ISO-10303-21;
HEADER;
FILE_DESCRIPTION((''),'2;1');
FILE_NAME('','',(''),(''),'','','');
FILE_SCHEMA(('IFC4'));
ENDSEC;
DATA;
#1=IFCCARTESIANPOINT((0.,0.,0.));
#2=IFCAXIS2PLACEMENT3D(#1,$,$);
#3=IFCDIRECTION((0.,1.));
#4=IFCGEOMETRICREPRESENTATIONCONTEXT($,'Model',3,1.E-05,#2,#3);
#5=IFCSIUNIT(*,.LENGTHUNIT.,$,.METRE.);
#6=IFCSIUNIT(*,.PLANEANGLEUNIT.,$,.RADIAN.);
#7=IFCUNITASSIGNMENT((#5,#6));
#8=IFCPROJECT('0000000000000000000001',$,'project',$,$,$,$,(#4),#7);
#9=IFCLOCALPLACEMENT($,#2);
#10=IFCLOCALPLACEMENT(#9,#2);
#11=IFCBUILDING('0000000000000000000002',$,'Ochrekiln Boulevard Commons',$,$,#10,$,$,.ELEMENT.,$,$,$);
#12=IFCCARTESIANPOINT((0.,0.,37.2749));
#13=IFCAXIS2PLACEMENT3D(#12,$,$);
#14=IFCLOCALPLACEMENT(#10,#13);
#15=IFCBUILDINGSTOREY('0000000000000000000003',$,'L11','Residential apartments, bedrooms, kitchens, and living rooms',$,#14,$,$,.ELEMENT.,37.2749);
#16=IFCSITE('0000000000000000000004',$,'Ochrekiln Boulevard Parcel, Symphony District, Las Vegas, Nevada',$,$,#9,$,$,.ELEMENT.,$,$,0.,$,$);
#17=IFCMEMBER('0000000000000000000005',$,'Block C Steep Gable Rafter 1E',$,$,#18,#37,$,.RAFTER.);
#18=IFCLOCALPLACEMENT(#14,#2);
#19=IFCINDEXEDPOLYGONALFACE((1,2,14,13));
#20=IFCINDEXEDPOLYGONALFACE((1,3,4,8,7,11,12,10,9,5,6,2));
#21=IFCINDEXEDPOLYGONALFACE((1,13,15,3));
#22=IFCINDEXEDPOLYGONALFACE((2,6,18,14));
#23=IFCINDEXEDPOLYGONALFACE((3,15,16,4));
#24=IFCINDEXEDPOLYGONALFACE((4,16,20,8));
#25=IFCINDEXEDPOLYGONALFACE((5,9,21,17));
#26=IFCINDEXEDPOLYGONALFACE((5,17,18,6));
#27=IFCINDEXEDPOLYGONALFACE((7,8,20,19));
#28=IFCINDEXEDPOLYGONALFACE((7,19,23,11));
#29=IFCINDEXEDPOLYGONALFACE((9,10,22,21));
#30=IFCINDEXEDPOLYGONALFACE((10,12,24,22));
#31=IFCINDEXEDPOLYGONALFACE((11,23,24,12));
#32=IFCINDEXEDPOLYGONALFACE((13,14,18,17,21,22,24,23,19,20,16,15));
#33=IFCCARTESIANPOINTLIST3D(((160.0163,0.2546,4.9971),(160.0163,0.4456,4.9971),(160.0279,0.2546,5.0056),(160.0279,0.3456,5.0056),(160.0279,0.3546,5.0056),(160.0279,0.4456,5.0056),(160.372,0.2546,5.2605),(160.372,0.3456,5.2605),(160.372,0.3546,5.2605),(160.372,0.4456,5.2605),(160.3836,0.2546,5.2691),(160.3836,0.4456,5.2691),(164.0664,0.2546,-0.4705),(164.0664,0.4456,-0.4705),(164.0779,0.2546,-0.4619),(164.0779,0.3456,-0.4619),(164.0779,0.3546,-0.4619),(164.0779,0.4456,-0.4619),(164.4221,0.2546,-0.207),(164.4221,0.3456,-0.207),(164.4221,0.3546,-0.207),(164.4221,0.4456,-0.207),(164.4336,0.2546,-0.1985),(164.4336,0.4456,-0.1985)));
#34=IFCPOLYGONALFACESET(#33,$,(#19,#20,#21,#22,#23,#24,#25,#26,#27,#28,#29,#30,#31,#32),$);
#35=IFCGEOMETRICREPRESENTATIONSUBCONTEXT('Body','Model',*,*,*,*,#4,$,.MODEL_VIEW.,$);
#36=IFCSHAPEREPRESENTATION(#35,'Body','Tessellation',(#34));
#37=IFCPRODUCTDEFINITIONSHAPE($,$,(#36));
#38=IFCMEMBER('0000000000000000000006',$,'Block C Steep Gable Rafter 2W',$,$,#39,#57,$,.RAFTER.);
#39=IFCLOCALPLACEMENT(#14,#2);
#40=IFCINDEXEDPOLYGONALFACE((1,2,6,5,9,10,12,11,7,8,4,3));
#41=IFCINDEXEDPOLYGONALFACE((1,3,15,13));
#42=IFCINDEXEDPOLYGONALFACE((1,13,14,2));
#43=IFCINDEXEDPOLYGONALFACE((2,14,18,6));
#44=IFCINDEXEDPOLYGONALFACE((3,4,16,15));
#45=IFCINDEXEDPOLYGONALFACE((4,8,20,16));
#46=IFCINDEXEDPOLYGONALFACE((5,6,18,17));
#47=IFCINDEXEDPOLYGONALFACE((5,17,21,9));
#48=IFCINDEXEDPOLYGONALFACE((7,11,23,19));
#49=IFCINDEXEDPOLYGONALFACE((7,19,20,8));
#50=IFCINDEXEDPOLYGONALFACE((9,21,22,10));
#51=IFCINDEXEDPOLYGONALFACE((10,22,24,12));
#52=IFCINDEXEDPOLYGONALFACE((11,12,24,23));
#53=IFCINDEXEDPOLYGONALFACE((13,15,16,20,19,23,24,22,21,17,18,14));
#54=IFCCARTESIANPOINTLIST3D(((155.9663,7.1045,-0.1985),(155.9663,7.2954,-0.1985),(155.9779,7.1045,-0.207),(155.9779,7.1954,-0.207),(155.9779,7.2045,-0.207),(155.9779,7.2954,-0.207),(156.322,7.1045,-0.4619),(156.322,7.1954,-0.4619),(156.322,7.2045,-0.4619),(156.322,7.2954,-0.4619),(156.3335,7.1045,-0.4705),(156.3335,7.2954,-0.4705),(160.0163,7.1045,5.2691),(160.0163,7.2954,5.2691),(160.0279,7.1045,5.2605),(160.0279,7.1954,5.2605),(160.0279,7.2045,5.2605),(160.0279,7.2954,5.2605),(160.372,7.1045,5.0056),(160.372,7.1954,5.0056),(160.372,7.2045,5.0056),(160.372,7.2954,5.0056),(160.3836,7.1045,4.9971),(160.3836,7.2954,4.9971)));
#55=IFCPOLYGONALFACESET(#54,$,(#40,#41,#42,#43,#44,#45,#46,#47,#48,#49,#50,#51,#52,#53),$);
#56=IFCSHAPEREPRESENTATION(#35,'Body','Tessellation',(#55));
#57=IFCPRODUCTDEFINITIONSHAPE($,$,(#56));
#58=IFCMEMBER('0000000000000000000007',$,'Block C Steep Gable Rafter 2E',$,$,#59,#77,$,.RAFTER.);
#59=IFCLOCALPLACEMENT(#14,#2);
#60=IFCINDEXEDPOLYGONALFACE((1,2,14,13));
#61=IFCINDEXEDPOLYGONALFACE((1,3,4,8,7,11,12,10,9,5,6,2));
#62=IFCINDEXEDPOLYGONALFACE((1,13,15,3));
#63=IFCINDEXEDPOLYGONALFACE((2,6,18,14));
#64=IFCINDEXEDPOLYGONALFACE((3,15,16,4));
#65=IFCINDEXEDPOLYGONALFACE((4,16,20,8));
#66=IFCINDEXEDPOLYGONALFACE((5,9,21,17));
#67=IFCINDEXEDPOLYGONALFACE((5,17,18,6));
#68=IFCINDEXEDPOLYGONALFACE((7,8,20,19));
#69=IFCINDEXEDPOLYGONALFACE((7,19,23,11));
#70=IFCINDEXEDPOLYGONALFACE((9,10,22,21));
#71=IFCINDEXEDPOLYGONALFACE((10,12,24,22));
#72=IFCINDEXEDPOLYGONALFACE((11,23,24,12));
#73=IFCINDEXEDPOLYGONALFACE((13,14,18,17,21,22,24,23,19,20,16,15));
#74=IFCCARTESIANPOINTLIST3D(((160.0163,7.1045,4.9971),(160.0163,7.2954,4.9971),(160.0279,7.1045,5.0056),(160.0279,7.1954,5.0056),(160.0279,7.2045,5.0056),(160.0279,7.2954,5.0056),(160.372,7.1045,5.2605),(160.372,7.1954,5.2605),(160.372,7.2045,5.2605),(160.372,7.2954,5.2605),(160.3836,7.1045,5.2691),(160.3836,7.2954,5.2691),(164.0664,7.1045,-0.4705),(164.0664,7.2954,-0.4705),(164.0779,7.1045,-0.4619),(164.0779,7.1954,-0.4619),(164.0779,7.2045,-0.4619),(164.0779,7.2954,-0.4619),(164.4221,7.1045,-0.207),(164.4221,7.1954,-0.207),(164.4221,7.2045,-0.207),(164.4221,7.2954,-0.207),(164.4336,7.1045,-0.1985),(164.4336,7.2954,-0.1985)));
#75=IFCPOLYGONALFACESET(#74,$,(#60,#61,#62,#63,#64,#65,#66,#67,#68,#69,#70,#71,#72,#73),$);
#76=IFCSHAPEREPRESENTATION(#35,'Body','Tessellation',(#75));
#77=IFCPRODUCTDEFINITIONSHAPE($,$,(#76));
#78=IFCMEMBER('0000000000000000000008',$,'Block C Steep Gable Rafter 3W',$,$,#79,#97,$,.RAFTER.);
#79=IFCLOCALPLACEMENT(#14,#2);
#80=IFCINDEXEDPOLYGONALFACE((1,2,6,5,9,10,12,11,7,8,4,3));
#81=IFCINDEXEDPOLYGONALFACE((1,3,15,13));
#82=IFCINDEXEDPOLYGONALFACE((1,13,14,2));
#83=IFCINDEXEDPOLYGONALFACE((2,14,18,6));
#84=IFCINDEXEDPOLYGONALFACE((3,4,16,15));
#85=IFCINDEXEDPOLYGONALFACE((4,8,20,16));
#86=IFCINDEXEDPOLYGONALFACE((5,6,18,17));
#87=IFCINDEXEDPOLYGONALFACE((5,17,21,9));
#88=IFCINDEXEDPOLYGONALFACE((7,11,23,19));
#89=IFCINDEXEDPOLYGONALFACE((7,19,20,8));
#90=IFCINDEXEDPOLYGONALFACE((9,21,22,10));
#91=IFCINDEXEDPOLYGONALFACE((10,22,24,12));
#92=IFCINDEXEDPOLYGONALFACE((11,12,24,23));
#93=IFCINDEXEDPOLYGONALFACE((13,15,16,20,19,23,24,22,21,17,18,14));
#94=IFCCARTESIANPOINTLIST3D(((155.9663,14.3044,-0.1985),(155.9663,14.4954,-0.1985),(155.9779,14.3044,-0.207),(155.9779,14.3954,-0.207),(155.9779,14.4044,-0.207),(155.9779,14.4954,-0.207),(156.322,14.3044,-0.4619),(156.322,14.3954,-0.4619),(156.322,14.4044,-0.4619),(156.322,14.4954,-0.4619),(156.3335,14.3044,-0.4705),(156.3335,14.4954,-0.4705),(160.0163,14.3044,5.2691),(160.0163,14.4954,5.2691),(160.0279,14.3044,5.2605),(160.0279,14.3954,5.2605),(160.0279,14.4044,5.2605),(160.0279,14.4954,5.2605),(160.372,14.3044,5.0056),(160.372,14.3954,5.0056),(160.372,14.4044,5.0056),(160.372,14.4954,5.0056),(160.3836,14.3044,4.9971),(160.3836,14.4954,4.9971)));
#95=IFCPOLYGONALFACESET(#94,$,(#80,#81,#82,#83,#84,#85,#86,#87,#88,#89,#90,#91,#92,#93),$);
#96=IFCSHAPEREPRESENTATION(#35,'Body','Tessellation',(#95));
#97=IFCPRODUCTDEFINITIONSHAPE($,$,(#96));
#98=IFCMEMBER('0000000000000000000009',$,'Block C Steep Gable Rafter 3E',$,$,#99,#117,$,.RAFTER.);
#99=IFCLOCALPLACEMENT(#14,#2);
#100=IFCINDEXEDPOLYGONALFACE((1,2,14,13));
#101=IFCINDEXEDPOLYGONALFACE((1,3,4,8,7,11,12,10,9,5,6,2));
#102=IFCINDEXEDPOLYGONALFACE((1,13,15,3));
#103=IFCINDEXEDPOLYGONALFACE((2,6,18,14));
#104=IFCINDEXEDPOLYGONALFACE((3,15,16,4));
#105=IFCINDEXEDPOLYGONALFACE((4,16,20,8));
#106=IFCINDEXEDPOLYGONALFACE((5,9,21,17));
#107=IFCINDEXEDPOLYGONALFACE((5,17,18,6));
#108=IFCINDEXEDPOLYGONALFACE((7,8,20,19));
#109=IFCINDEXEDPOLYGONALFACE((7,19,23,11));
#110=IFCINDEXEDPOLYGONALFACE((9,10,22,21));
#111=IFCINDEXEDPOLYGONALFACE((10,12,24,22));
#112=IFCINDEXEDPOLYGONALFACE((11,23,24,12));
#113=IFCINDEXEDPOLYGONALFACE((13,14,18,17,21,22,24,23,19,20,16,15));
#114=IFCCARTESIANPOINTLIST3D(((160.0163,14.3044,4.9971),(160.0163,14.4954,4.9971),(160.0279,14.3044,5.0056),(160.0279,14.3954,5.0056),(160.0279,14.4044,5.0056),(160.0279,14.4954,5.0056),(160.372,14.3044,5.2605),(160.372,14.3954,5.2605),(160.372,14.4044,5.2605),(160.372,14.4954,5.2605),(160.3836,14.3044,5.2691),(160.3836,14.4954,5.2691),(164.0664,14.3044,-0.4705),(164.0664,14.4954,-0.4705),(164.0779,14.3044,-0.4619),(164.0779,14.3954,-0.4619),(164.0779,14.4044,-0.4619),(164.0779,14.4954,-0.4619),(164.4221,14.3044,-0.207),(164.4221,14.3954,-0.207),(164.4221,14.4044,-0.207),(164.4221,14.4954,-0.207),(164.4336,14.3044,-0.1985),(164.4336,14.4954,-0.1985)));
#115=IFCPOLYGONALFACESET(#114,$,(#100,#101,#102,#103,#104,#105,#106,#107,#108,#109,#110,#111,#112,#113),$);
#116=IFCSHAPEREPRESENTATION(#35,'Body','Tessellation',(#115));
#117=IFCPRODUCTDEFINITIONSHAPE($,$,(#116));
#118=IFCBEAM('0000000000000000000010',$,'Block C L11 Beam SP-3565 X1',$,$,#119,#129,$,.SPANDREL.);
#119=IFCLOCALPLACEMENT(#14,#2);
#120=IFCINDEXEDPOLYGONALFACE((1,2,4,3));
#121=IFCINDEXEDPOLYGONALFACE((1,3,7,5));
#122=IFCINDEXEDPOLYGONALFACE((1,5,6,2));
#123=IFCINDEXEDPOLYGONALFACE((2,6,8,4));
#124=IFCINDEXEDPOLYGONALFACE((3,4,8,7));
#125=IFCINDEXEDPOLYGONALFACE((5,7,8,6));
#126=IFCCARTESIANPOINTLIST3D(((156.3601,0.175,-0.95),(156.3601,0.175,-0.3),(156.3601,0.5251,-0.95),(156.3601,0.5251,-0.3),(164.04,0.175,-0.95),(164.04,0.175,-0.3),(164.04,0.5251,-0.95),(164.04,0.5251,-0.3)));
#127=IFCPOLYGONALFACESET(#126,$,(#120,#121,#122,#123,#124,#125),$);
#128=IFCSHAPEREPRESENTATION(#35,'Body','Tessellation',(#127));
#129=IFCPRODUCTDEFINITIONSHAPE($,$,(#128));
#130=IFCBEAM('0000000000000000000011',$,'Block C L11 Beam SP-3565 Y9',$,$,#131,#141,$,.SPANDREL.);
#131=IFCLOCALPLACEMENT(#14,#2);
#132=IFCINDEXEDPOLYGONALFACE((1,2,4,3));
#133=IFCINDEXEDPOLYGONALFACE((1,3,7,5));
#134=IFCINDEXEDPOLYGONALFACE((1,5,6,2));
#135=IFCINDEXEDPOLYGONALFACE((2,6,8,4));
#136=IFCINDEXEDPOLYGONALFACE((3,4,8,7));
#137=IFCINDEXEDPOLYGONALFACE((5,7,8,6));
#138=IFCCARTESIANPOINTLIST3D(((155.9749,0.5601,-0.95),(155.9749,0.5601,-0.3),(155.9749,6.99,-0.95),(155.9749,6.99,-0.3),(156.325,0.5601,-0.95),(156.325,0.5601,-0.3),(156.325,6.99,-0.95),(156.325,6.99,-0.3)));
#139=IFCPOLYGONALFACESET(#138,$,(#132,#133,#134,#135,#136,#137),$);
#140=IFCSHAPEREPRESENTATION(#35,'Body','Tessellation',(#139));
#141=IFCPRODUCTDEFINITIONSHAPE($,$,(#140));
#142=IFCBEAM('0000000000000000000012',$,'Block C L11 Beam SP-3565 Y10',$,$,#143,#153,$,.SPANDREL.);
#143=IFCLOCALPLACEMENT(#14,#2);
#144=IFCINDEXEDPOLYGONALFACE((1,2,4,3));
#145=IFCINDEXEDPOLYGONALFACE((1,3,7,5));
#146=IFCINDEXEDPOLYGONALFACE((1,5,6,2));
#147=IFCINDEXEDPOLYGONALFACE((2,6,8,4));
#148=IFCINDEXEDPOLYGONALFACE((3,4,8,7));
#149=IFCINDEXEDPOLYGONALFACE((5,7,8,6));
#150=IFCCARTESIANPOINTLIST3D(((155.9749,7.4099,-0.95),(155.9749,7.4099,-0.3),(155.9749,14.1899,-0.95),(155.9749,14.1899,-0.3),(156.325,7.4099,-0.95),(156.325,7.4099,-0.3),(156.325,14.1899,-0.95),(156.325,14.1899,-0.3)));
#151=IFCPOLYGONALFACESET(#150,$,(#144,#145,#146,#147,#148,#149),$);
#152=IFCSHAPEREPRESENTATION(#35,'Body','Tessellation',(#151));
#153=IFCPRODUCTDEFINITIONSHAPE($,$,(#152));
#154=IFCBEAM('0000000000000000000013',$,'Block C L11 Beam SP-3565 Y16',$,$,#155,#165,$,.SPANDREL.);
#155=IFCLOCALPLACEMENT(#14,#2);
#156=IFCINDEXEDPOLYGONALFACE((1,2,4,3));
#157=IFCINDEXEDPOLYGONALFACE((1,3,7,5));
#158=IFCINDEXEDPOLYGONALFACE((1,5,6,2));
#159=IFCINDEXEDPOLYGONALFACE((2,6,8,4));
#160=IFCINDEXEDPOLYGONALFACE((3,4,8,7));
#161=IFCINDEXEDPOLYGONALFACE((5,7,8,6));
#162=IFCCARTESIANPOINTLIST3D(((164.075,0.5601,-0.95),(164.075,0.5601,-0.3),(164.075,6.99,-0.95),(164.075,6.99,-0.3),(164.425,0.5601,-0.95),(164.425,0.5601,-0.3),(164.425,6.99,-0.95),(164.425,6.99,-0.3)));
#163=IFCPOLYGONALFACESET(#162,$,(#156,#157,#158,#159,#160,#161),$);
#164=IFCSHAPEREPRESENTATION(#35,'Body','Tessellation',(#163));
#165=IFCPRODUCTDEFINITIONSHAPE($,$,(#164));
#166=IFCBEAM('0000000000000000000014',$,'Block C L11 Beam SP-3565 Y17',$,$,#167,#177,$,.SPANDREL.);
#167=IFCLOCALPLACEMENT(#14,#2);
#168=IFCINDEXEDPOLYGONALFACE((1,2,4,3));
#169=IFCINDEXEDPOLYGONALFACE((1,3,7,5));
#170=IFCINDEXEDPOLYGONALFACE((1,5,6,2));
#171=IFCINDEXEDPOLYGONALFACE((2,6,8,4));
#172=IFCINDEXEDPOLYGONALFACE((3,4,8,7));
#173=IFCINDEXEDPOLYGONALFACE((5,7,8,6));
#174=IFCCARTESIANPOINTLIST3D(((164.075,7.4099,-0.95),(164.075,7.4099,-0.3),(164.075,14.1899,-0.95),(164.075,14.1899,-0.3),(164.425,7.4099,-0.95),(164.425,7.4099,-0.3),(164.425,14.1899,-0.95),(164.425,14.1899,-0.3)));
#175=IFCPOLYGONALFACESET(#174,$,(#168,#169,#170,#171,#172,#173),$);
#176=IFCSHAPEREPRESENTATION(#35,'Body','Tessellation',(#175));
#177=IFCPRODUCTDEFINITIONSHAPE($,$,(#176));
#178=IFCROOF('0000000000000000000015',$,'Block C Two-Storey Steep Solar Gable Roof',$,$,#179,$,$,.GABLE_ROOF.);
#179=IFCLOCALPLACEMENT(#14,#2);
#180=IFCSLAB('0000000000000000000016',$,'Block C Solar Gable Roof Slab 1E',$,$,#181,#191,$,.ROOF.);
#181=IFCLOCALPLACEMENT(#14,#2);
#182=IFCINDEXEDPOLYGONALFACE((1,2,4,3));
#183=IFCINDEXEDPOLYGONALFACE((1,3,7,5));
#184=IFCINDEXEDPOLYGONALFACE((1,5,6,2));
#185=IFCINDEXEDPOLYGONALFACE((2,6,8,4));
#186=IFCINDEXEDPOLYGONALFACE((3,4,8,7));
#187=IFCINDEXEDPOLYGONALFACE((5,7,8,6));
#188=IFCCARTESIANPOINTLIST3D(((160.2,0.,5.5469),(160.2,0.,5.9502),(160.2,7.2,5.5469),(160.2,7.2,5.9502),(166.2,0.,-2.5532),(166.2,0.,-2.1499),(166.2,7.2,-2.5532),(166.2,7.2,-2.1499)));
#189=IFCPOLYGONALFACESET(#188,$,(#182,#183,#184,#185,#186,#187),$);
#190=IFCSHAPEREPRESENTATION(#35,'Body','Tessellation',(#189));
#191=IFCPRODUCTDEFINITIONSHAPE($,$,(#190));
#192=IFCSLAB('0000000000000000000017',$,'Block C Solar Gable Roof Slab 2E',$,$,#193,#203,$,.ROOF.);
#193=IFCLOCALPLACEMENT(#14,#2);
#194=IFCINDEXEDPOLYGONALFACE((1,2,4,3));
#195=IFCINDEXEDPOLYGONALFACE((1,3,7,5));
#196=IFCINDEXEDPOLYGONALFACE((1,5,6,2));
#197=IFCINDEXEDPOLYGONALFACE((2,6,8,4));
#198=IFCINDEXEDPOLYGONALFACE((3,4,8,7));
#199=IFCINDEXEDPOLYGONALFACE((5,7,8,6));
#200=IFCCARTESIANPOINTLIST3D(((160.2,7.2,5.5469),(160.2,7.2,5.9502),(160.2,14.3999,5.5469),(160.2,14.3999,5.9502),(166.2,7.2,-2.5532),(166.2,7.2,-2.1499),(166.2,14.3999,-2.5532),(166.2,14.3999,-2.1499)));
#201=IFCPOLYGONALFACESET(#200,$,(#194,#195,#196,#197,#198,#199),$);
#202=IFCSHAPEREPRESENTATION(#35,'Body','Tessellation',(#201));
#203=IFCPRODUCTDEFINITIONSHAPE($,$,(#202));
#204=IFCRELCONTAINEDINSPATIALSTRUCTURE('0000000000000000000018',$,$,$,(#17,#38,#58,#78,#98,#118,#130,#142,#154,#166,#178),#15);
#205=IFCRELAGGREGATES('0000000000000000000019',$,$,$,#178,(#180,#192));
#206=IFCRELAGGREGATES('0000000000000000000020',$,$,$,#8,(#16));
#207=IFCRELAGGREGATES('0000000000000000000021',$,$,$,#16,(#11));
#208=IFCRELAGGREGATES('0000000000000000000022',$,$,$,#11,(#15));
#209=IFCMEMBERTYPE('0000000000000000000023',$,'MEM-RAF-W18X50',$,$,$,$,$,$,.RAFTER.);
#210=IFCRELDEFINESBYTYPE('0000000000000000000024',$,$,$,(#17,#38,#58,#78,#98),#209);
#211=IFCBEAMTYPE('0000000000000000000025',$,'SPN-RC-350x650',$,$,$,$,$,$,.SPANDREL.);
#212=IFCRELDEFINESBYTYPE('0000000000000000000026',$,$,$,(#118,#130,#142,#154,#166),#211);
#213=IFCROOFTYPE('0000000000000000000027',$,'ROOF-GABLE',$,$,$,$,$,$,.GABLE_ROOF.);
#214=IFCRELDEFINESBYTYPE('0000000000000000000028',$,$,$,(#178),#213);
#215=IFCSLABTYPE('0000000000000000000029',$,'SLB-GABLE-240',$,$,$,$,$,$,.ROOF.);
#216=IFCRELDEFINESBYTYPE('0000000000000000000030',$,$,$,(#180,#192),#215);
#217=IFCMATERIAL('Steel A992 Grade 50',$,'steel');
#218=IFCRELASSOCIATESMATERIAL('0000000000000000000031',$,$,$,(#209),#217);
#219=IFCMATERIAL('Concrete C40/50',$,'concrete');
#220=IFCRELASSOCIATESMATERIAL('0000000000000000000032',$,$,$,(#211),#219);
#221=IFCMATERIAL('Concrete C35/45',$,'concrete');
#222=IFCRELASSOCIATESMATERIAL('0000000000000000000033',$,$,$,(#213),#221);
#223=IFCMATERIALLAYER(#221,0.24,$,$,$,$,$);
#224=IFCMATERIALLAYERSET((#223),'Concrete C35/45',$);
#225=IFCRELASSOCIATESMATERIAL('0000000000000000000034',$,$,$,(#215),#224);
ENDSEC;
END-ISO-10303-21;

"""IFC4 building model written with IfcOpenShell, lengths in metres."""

from ifc_helpers import new_model, si_unit, direction, frame, origin, origin_2d, place, context, subcontext, project, spatial, polyline, rectangle, i_section, outline, extrude, material, layer, layer_set, material_profile, profile_set, type_object, element, aggregate, save


model = new_model("IFC4")

# Units and contexts
model_context = context("Model", 3, precision=1e-05, world=origin(), true_north=direction((0.0, 1.0)))
body_context = subcontext(model_context, "Body", "Model", "MODEL_VIEW")
ifc_project = project(units=[si_unit("LENGTHUNIT", "METRE"), si_unit("PLANEANGLEUNIT", "RADIAN")], contexts=[model_context])

# Site, building, storey
site_placement = place(None, origin())
site = spatial("IfcSite", under=ifc_project, at=site_placement, Name="Ochrekiln Boulevard Parcel, Symphony District, Las Vegas, Nevada", CompositionType="ELEMENT", RefElevation=0.0)
building_placement = place(site_placement, origin())
building = spatial("IfcBuilding", under=site, at=building_placement, Name="Ochrekiln Boulevard Commons", CompositionType="ELEMENT")
storey_placement = place(building_placement, frame((0.0, 0.0, 37.2749)))
storey = spatial("IfcBuildingStorey", under=building, at=storey_placement, Name="L11", Description="Residential apartments, bedrooms, kitchens, and living rooms", CompositionType="ELEMENT", Elevation=37.2749)

# Shared definitions
ifc_material_1 = material(Name="Concrete C40/50", Category="concrete")

# Members
ifc_material_2 = material(Name="Steel A992 Grade 50", Category="steel")
ifc_material_profile_1 = material_profile(ifc_material_2, i_section(OverallWidth=0.1909, OverallDepth=0.457, WebThickness=0.009, FlangeThickness=0.0144, at=origin_2d()), Name="W18X50")
ifc_profile_set_1 = profile_set([ifc_material_profile_1], Name="Steel A992 Grade 50")
member_type_1 = type_object("IfcMemberType", Name="MEM-RAF-W18X50", PredefinedType="RAFTER", material=ifc_profile_set_1)
for number, where, z_axis, x_axis, name in (
    (1, (164.25, 0.3501, -0.3345), (-0.59523, 0.0, 0.803555), (0.0, -1.0, 0.0), "Block C Steep Gable Rafter 1E"),
    (2, (156.1499, 7.2, -0.3345), (0.59523, 0.0, 0.803555), (0.0, 1.0, 0.0), "Block C Steep Gable Rafter 2W"),
    (3, (164.25, 7.2, -0.3345), (-0.59523, 0.0, 0.803555), (0.0, -1.0, 0.0), "Block C Steep Gable Rafter 2E"),
    (4, (156.1499, 14.3999, -0.3345), (0.59523, 0.0, 0.803555), (0.0, 1.0, 0.0), "Block C Steep Gable Rafter 3W"),
    (5, (164.25, 14.3999, -0.3345), (-0.59523, 0.0, 0.803555), (0.0, -1.0, 0.0), "Block C Steep Gable Rafter 3E"),
):
    element("IfcMember", number, at=place(storey_placement, frame(where, z_axis=z_axis, x_axis=x_axis)), inside=storey, type_object=member_type_1, Name=name, PredefinedType="RAFTER", context=body_context, shape_type="SweptSolid", body=[
        extrude(i_section(OverallWidth=0.1909, OverallDepth=0.457, WebThickness=0.009, FlangeThickness=0.0144, at=origin_2d()), origin(), (0.0, 0.0, 1.0), 6.8042),
    ])

# Beams
ifc_material_profile_2 = material_profile(ifc_material_1, rectangle(XDim=0.3501, YDim=0.6499, at=origin_2d()), Name="RC-SPN-350x650")
ifc_profile_set_2 = profile_set([ifc_material_profile_2], Name="Concrete C40/50")
beam_type_1 = type_object("IfcBeamType", Name="SPN-RC-350x650", PredefinedType="SPANDREL", material=ifc_profile_set_2)
beam_1_placement = place(storey_placement, frame((156.3601, 0.3501, -0.625), z_axis=(1.0, 0.0, 0.0), x_axis=(0.0, 1.0, 0.0)))
element("IfcBeam", 6, at=beam_1_placement, inside=storey, type_object=beam_type_1, Name="Block C L11 Beam SP-3565 X1", PredefinedType="SPANDREL", context=body_context, shape_type="SweptSolid", body=[
    extrude(rectangle(XDim=0.3501, YDim=0.6499, at=origin_2d()), origin(), (0.0, 0.0, 1.0), 7.6799),
])
beam_2_placement = place(storey_placement, frame((156.1499, 0.5601, -0.625), z_axis=(0.0, 1.0, 0.0), x_axis=(-1.0, 0.0, 0.0)))
element("IfcBeam", 7, at=beam_2_placement, inside=storey, type_object=beam_type_1, Name="Block C L11 Beam SP-3565 Y9", PredefinedType="SPANDREL", context=body_context, shape_type="SweptSolid", body=[
    extrude(rectangle(XDim=0.3501, YDim=0.6499, at=origin_2d()), origin(), (0.0, 0.0, 1.0), 6.4299),
])
beam_3_placement = place(storey_placement, frame((156.1499, 7.4099, -0.625), z_axis=(0.0, 1.0, 0.0), x_axis=(-1.0, 0.0, 0.0)))
element("IfcBeam", 8, at=beam_3_placement, inside=storey, type_object=beam_type_1, Name="Block C L11 Beam SP-3565 Y10", PredefinedType="SPANDREL", context=body_context, shape_type="SweptSolid", body=[
    extrude(rectangle(XDim=0.3501, YDim=0.6499, at=origin_2d()), origin(), (0.0, 0.0, 1.0), 6.78),
])
beam_4_placement = place(storey_placement, frame((164.25, 0.5601, -0.625), z_axis=(0.0, 1.0, 0.0), x_axis=(-1.0, 0.0, 0.0)))
element("IfcBeam", 9, at=beam_4_placement, inside=storey, type_object=beam_type_1, Name="Block C L11 Beam SP-3565 Y16", PredefinedType="SPANDREL", context=body_context, shape_type="SweptSolid", body=[
    extrude(rectangle(XDim=0.3501, YDim=0.6499, at=origin_2d()), origin(), (0.0, 0.0, 1.0), 6.4299),
])
beam_5_placement = place(storey_placement, frame((164.25, 7.4099, -0.625), z_axis=(0.0, 1.0, 0.0), x_axis=(-1.0, 0.0, 0.0)))
element("IfcBeam", 10, at=beam_5_placement, inside=storey, type_object=beam_type_1, Name="Block C L11 Beam SP-3565 Y17", PredefinedType="SPANDREL", context=body_context, shape_type="SweptSolid", body=[
    extrude(rectangle(XDim=0.3501, YDim=0.6499, at=origin_2d()), origin(), (0.0, 0.0, 1.0), 6.78),
])

# Roof, slabs
ifc_material_3 = material(Name="Concrete C35/45", Category="concrete")
roof_type = type_object("IfcRoofType", Name="ROOF-GABLE", PredefinedType="GABLE_ROOF", material=ifc_material_3)
roof_placement = place(storey_placement, origin())
roof = element("IfcRoof", 11, at=roof_placement, inside=storey, type_object=roof_type, Name="Block C Two-Storey Steep Solar Gable Roof", PredefinedType="GABLE_ROOF")
ifc_layer_1 = layer(ifc_material_3, 0.24)
ifc_layer_set_1 = layer_set([ifc_layer_1], Name="Concrete C35/45")
slab_type = type_object("IfcSlabType", Name="SLB-GABLE-240", PredefinedType="ROOF", material=ifc_layer_set_1)
slab_1_placement = place(storey_placement, frame((166.2, 0.0, -2.1499), z_axis=(0.0, 1.0, 0.0), x_axis=(-1.0, 0.0, 0.0)))
slab_1 = element("IfcSlab", 12, at=slab_1_placement, type_object=slab_type, Name="Block C Solar Gable Roof Slab 1E", PredefinedType="ROOF", context=body_context, shape_type="SweptSolid", body=[
    extrude(outline(polyline([(0.0, 0.0), (6.0, 8.1001), (6.0, 7.6968), (0.0, -0.4033), (0.0, 0.0)])), origin(), (0.0, 0.0, 1.0), 7.2),
])
slab_2_placement = place(storey_placement, frame((166.2, 7.2, -2.1499), z_axis=(0.0, 1.0, 0.0), x_axis=(-1.0, 0.0, 0.0)))
slab_2 = element("IfcSlab", 13, at=slab_2_placement, type_object=slab_type, Name="Block C Solar Gable Roof Slab 2E", PredefinedType="ROOF", context=body_context, shape_type="SweptSolid", body=[
    extrude(outline(polyline([(0.0, 0.0), (6.0, 8.1001), (6.0, 7.6968), (0.0, -0.4033), (0.0, 0.0)])), origin(), (0.0, 0.0, 1.0), 7.2),
])
aggregate(roof, [slab_1, slab_2])

save(model, "model.ifc")
